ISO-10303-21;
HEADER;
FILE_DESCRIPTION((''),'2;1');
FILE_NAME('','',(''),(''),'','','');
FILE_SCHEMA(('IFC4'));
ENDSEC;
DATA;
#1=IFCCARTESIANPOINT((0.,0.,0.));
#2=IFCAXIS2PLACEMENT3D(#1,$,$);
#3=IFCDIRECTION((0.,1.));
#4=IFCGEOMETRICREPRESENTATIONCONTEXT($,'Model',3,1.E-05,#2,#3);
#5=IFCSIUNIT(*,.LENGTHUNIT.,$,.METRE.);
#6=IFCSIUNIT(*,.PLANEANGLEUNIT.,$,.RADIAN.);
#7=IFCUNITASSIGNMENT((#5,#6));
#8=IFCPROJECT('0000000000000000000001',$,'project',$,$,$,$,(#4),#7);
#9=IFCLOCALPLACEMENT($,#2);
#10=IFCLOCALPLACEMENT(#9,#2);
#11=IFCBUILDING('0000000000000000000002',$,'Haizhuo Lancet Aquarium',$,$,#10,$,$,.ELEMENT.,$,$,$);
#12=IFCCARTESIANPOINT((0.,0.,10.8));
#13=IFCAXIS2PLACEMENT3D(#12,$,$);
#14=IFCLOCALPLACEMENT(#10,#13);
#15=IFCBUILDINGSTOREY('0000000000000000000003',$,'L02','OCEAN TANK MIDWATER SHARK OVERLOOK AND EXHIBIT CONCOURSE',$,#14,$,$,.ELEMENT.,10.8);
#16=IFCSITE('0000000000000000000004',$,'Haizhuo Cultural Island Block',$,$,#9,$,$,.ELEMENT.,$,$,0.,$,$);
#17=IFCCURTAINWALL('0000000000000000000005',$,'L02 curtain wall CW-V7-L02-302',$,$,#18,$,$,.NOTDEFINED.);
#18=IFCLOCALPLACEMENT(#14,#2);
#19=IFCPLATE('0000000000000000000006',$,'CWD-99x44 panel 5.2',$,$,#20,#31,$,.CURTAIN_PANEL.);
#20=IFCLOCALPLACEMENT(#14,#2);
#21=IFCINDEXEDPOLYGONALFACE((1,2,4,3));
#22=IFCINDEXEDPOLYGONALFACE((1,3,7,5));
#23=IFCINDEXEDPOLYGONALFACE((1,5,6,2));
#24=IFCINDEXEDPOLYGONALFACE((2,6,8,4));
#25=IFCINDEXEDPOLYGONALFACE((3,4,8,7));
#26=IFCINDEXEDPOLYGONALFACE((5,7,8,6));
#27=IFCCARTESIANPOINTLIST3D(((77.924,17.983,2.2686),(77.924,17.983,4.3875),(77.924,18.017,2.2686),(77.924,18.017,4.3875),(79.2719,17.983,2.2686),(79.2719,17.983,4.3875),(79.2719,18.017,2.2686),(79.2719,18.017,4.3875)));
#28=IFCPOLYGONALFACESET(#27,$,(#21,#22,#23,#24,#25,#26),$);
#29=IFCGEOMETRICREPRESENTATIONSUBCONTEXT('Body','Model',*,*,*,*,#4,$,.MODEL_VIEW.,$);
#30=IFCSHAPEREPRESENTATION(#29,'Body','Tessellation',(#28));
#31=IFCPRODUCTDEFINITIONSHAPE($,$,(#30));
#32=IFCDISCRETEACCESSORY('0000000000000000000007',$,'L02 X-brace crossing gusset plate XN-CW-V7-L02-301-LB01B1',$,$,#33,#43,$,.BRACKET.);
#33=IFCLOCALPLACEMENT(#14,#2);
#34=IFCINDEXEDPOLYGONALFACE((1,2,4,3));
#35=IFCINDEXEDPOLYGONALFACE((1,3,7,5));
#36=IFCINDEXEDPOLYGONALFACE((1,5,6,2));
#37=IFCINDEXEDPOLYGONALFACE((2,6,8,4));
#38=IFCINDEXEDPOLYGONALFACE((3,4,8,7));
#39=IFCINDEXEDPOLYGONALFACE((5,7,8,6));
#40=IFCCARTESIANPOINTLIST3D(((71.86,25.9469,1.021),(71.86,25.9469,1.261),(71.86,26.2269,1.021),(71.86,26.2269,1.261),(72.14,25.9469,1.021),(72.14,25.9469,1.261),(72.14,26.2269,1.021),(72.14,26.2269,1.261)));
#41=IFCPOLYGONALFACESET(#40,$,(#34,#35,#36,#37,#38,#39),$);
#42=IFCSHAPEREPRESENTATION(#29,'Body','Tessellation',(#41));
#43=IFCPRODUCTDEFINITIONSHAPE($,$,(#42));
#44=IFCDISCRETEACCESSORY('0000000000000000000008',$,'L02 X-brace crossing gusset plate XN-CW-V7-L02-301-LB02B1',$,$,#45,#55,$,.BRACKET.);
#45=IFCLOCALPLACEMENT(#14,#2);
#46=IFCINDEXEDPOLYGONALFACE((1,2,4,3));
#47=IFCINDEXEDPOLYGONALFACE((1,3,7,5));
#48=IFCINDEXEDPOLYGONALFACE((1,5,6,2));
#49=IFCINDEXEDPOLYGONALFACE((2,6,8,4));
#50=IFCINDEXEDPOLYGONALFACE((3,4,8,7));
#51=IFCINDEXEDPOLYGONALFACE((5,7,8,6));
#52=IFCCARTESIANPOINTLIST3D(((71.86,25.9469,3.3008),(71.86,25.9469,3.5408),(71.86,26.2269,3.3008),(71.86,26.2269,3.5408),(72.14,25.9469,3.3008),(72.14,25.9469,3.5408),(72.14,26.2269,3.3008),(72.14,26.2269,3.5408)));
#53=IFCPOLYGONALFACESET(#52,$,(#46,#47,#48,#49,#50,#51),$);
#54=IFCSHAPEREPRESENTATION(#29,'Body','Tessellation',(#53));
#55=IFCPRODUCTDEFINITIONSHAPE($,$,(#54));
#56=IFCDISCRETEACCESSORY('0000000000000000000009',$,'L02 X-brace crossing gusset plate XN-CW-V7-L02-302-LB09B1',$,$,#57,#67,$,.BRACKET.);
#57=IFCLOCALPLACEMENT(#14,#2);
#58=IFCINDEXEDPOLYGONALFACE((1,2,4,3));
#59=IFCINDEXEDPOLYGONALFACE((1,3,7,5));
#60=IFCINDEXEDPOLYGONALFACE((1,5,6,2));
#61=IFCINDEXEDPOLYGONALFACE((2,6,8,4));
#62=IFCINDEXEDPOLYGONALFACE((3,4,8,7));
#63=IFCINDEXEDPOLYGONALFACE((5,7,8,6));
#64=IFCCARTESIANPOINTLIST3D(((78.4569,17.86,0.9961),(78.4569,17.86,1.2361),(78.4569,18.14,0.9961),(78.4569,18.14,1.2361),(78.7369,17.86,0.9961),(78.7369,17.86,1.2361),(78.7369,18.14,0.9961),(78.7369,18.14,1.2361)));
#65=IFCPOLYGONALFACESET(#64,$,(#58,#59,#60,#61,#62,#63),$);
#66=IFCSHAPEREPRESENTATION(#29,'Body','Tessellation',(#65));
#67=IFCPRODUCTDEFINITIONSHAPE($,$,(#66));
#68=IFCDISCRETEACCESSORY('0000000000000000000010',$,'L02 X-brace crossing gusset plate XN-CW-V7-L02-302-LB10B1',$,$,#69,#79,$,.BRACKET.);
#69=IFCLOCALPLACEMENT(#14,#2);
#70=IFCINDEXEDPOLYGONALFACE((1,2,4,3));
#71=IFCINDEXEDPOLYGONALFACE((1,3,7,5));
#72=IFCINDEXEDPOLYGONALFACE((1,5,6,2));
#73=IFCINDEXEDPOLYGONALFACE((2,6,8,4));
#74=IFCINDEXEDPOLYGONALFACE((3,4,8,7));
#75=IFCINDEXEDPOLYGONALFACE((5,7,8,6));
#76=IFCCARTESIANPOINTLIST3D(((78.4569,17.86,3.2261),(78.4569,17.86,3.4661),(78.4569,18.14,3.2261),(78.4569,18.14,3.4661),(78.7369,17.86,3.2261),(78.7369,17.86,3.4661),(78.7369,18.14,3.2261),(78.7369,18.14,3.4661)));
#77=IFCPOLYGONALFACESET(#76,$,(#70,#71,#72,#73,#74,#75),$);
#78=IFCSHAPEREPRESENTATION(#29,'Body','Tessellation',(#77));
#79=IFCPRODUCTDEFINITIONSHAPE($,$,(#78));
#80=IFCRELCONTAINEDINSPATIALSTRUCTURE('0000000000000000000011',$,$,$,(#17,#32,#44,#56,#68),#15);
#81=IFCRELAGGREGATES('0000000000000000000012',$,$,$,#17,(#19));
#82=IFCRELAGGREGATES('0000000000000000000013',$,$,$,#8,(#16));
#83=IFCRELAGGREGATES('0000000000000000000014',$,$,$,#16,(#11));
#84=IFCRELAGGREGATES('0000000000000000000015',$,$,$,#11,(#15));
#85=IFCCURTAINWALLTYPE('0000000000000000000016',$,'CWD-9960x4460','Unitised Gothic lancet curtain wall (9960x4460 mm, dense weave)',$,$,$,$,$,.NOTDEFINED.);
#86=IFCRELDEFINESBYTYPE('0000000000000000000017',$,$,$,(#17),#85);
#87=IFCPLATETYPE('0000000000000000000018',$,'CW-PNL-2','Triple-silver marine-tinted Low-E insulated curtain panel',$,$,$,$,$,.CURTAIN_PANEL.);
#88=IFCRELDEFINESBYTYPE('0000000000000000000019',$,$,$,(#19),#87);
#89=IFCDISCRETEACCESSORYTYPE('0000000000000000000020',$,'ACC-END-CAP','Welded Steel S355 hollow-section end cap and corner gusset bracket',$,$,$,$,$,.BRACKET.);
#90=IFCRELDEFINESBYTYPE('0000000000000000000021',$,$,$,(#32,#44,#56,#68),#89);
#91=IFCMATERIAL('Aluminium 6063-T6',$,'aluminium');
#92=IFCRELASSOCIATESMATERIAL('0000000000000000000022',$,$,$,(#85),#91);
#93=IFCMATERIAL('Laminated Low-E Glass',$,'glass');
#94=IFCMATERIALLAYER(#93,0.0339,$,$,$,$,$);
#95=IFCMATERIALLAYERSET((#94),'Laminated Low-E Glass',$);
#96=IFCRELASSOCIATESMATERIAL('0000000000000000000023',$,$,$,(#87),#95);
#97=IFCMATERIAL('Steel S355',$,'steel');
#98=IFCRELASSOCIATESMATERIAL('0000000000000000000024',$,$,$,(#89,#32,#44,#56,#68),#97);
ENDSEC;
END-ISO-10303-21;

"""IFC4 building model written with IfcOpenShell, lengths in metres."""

from ifc_helpers import new_model, si_unit, direction, frame, origin, origin_2d, place, context, subcontext, project, spatial, rectangle, extrude, material, layer, layer_set, type_object, element, aggregate, save


model = new_model("IFC4")

# Units and contexts
model_context = context("Model", 3, precision=1e-05, world=origin(), true_north=direction((0.0, 1.0)))
body_context = subcontext(model_context, "Body", "Model", "MODEL_VIEW")
ifc_project = project(units=[si_unit("LENGTHUNIT", "METRE"), si_unit("PLANEANGLEUNIT", "RADIAN")], contexts=[model_context])

# Site, building, storey
site_placement = place(None, origin())
site = spatial("IfcSite", under=ifc_project, at=site_placement, Name="Haizhuo Cultural Island Block", CompositionType="ELEMENT", RefElevation=0.0)
building_placement = place(site_placement, origin())
building = spatial("IfcBuilding", under=site, at=building_placement, Name="Haizhuo Lancet Aquarium", CompositionType="ELEMENT")
storey_placement = place(building_placement, frame((0.0, 0.0, 10.8)))
storey = spatial("IfcBuildingStorey", under=building, at=storey_placement, Name="L02", Description="OCEAN TANK MIDWATER SHARK OVERLOOK AND EXHIBIT CONCOURSE", CompositionType="ELEMENT", Elevation=10.8)

# Shared definitions
ifc_material_1 = material(Name="Steel S355", Category="steel")

# Curtain wall
ifc_material_2 = material(Name="Aluminium 6063-T6", Category="aluminium")
curtain_wall_type_1 = type_object("IfcCurtainWallType", Name="CWD-9960x4460", Description="Unitised Gothic lancet curtain wall (9960x4460 mm, dense weave)", PredefinedType="NOTDEFINED", material=ifc_material_2)
curtain_wall_1_placement = place(storey_placement, origin())
curtain_wall_1 = element("IfcCurtainWall", 1, at=curtain_wall_1_placement, inside=storey, type_object=curtain_wall_type_1, Name="L02 curtain wall CW-V7-L02-302", PredefinedType="NOTDEFINED")

# Plate
ifc_material_3 = material(Name="Laminated Low-E Glass", Category="glass")
ifc_layer = layer(ifc_material_3, 0.0339)
ifc_layer_set = layer_set([ifc_layer], Name="Laminated Low-E Glass")
plate_type = type_object("IfcPlateType", Name="CW-PNL-2", Description="Triple-silver marine-tinted Low-E insulated curtain panel", PredefinedType="CURTAIN_PANEL", material=ifc_layer_set)
plate_1_placement = place(storey_placement, frame((78.5979, 18.0, 2.2686), z_axis=(0.0, 0.0, 1.0), x_axis=(1.0, 0.0, 0.0)))
plate_1 = element("IfcPlate", 2, at=plate_1_placement, type_object=plate_type, Name="CWD-99x44 panel 5.2", PredefinedType="CURTAIN_PANEL", context=body_context, shape_type="SweptSolid", body=[
    extrude(rectangle(XDim=1.3479, YDim=0.0339, at=origin_2d()), origin(), (0.0, 0.0, 1.0), 2.1189),
])
aggregate(curtain_wall_1, [plate_1])

# Discrete accessories
discrete_accessory_type = type_object("IfcDiscreteAccessoryType", Name="ACC-END-CAP", Description="Welded Steel S355 hollow-section end cap and corner gusset bracket", PredefinedType="BRACKET", material=ifc_material_1)
for number, where, z_axis, x_axis, name in (
    (3, (72.0, 26.0869, 1.021), (0.0, 0.0, 1.0), (1.0, 0.0, 0.0), "L02 X-brace crossing gusset plate XN-CW-V7-L02-301-LB01B1"),
    (4, (72.0, 26.0869, 3.3008), (0.0, 0.0, 1.0), (1.0, 0.0, 0.0), "L02 X-brace crossing gusset plate XN-CW-V7-L02-301-LB02B1"),
    (5, (78.5969, 18.0, 0.9961), (0.0, 0.0, 1.0), (1.0, 0.0, 0.0), "L02 X-brace crossing gusset plate XN-CW-V7-L02-302-LB09B1"),
    (6, (78.5969, 18.0, 3.2261), (0.0, 0.0, 1.0), (1.0, 0.0, 0.0), "L02 X-brace crossing gusset plate XN-CW-V7-L02-302-LB10B1"),
):
    element("IfcDiscreteAccessory", number, at=place(storey_placement, frame(where, z_axis=z_axis, x_axis=x_axis)), inside=storey, type_object=discrete_accessory_type, material=ifc_material_1, Name=name, PredefinedType="BRACKET", context=body_context, shape_type="SweptSolid", body=[
        extrude(rectangle(XDim=0.28, YDim=0.28, at=origin_2d()), origin(), (0.0, 0.0, 1.0), 0.24),
    ])

save(model, "model.ifc")
